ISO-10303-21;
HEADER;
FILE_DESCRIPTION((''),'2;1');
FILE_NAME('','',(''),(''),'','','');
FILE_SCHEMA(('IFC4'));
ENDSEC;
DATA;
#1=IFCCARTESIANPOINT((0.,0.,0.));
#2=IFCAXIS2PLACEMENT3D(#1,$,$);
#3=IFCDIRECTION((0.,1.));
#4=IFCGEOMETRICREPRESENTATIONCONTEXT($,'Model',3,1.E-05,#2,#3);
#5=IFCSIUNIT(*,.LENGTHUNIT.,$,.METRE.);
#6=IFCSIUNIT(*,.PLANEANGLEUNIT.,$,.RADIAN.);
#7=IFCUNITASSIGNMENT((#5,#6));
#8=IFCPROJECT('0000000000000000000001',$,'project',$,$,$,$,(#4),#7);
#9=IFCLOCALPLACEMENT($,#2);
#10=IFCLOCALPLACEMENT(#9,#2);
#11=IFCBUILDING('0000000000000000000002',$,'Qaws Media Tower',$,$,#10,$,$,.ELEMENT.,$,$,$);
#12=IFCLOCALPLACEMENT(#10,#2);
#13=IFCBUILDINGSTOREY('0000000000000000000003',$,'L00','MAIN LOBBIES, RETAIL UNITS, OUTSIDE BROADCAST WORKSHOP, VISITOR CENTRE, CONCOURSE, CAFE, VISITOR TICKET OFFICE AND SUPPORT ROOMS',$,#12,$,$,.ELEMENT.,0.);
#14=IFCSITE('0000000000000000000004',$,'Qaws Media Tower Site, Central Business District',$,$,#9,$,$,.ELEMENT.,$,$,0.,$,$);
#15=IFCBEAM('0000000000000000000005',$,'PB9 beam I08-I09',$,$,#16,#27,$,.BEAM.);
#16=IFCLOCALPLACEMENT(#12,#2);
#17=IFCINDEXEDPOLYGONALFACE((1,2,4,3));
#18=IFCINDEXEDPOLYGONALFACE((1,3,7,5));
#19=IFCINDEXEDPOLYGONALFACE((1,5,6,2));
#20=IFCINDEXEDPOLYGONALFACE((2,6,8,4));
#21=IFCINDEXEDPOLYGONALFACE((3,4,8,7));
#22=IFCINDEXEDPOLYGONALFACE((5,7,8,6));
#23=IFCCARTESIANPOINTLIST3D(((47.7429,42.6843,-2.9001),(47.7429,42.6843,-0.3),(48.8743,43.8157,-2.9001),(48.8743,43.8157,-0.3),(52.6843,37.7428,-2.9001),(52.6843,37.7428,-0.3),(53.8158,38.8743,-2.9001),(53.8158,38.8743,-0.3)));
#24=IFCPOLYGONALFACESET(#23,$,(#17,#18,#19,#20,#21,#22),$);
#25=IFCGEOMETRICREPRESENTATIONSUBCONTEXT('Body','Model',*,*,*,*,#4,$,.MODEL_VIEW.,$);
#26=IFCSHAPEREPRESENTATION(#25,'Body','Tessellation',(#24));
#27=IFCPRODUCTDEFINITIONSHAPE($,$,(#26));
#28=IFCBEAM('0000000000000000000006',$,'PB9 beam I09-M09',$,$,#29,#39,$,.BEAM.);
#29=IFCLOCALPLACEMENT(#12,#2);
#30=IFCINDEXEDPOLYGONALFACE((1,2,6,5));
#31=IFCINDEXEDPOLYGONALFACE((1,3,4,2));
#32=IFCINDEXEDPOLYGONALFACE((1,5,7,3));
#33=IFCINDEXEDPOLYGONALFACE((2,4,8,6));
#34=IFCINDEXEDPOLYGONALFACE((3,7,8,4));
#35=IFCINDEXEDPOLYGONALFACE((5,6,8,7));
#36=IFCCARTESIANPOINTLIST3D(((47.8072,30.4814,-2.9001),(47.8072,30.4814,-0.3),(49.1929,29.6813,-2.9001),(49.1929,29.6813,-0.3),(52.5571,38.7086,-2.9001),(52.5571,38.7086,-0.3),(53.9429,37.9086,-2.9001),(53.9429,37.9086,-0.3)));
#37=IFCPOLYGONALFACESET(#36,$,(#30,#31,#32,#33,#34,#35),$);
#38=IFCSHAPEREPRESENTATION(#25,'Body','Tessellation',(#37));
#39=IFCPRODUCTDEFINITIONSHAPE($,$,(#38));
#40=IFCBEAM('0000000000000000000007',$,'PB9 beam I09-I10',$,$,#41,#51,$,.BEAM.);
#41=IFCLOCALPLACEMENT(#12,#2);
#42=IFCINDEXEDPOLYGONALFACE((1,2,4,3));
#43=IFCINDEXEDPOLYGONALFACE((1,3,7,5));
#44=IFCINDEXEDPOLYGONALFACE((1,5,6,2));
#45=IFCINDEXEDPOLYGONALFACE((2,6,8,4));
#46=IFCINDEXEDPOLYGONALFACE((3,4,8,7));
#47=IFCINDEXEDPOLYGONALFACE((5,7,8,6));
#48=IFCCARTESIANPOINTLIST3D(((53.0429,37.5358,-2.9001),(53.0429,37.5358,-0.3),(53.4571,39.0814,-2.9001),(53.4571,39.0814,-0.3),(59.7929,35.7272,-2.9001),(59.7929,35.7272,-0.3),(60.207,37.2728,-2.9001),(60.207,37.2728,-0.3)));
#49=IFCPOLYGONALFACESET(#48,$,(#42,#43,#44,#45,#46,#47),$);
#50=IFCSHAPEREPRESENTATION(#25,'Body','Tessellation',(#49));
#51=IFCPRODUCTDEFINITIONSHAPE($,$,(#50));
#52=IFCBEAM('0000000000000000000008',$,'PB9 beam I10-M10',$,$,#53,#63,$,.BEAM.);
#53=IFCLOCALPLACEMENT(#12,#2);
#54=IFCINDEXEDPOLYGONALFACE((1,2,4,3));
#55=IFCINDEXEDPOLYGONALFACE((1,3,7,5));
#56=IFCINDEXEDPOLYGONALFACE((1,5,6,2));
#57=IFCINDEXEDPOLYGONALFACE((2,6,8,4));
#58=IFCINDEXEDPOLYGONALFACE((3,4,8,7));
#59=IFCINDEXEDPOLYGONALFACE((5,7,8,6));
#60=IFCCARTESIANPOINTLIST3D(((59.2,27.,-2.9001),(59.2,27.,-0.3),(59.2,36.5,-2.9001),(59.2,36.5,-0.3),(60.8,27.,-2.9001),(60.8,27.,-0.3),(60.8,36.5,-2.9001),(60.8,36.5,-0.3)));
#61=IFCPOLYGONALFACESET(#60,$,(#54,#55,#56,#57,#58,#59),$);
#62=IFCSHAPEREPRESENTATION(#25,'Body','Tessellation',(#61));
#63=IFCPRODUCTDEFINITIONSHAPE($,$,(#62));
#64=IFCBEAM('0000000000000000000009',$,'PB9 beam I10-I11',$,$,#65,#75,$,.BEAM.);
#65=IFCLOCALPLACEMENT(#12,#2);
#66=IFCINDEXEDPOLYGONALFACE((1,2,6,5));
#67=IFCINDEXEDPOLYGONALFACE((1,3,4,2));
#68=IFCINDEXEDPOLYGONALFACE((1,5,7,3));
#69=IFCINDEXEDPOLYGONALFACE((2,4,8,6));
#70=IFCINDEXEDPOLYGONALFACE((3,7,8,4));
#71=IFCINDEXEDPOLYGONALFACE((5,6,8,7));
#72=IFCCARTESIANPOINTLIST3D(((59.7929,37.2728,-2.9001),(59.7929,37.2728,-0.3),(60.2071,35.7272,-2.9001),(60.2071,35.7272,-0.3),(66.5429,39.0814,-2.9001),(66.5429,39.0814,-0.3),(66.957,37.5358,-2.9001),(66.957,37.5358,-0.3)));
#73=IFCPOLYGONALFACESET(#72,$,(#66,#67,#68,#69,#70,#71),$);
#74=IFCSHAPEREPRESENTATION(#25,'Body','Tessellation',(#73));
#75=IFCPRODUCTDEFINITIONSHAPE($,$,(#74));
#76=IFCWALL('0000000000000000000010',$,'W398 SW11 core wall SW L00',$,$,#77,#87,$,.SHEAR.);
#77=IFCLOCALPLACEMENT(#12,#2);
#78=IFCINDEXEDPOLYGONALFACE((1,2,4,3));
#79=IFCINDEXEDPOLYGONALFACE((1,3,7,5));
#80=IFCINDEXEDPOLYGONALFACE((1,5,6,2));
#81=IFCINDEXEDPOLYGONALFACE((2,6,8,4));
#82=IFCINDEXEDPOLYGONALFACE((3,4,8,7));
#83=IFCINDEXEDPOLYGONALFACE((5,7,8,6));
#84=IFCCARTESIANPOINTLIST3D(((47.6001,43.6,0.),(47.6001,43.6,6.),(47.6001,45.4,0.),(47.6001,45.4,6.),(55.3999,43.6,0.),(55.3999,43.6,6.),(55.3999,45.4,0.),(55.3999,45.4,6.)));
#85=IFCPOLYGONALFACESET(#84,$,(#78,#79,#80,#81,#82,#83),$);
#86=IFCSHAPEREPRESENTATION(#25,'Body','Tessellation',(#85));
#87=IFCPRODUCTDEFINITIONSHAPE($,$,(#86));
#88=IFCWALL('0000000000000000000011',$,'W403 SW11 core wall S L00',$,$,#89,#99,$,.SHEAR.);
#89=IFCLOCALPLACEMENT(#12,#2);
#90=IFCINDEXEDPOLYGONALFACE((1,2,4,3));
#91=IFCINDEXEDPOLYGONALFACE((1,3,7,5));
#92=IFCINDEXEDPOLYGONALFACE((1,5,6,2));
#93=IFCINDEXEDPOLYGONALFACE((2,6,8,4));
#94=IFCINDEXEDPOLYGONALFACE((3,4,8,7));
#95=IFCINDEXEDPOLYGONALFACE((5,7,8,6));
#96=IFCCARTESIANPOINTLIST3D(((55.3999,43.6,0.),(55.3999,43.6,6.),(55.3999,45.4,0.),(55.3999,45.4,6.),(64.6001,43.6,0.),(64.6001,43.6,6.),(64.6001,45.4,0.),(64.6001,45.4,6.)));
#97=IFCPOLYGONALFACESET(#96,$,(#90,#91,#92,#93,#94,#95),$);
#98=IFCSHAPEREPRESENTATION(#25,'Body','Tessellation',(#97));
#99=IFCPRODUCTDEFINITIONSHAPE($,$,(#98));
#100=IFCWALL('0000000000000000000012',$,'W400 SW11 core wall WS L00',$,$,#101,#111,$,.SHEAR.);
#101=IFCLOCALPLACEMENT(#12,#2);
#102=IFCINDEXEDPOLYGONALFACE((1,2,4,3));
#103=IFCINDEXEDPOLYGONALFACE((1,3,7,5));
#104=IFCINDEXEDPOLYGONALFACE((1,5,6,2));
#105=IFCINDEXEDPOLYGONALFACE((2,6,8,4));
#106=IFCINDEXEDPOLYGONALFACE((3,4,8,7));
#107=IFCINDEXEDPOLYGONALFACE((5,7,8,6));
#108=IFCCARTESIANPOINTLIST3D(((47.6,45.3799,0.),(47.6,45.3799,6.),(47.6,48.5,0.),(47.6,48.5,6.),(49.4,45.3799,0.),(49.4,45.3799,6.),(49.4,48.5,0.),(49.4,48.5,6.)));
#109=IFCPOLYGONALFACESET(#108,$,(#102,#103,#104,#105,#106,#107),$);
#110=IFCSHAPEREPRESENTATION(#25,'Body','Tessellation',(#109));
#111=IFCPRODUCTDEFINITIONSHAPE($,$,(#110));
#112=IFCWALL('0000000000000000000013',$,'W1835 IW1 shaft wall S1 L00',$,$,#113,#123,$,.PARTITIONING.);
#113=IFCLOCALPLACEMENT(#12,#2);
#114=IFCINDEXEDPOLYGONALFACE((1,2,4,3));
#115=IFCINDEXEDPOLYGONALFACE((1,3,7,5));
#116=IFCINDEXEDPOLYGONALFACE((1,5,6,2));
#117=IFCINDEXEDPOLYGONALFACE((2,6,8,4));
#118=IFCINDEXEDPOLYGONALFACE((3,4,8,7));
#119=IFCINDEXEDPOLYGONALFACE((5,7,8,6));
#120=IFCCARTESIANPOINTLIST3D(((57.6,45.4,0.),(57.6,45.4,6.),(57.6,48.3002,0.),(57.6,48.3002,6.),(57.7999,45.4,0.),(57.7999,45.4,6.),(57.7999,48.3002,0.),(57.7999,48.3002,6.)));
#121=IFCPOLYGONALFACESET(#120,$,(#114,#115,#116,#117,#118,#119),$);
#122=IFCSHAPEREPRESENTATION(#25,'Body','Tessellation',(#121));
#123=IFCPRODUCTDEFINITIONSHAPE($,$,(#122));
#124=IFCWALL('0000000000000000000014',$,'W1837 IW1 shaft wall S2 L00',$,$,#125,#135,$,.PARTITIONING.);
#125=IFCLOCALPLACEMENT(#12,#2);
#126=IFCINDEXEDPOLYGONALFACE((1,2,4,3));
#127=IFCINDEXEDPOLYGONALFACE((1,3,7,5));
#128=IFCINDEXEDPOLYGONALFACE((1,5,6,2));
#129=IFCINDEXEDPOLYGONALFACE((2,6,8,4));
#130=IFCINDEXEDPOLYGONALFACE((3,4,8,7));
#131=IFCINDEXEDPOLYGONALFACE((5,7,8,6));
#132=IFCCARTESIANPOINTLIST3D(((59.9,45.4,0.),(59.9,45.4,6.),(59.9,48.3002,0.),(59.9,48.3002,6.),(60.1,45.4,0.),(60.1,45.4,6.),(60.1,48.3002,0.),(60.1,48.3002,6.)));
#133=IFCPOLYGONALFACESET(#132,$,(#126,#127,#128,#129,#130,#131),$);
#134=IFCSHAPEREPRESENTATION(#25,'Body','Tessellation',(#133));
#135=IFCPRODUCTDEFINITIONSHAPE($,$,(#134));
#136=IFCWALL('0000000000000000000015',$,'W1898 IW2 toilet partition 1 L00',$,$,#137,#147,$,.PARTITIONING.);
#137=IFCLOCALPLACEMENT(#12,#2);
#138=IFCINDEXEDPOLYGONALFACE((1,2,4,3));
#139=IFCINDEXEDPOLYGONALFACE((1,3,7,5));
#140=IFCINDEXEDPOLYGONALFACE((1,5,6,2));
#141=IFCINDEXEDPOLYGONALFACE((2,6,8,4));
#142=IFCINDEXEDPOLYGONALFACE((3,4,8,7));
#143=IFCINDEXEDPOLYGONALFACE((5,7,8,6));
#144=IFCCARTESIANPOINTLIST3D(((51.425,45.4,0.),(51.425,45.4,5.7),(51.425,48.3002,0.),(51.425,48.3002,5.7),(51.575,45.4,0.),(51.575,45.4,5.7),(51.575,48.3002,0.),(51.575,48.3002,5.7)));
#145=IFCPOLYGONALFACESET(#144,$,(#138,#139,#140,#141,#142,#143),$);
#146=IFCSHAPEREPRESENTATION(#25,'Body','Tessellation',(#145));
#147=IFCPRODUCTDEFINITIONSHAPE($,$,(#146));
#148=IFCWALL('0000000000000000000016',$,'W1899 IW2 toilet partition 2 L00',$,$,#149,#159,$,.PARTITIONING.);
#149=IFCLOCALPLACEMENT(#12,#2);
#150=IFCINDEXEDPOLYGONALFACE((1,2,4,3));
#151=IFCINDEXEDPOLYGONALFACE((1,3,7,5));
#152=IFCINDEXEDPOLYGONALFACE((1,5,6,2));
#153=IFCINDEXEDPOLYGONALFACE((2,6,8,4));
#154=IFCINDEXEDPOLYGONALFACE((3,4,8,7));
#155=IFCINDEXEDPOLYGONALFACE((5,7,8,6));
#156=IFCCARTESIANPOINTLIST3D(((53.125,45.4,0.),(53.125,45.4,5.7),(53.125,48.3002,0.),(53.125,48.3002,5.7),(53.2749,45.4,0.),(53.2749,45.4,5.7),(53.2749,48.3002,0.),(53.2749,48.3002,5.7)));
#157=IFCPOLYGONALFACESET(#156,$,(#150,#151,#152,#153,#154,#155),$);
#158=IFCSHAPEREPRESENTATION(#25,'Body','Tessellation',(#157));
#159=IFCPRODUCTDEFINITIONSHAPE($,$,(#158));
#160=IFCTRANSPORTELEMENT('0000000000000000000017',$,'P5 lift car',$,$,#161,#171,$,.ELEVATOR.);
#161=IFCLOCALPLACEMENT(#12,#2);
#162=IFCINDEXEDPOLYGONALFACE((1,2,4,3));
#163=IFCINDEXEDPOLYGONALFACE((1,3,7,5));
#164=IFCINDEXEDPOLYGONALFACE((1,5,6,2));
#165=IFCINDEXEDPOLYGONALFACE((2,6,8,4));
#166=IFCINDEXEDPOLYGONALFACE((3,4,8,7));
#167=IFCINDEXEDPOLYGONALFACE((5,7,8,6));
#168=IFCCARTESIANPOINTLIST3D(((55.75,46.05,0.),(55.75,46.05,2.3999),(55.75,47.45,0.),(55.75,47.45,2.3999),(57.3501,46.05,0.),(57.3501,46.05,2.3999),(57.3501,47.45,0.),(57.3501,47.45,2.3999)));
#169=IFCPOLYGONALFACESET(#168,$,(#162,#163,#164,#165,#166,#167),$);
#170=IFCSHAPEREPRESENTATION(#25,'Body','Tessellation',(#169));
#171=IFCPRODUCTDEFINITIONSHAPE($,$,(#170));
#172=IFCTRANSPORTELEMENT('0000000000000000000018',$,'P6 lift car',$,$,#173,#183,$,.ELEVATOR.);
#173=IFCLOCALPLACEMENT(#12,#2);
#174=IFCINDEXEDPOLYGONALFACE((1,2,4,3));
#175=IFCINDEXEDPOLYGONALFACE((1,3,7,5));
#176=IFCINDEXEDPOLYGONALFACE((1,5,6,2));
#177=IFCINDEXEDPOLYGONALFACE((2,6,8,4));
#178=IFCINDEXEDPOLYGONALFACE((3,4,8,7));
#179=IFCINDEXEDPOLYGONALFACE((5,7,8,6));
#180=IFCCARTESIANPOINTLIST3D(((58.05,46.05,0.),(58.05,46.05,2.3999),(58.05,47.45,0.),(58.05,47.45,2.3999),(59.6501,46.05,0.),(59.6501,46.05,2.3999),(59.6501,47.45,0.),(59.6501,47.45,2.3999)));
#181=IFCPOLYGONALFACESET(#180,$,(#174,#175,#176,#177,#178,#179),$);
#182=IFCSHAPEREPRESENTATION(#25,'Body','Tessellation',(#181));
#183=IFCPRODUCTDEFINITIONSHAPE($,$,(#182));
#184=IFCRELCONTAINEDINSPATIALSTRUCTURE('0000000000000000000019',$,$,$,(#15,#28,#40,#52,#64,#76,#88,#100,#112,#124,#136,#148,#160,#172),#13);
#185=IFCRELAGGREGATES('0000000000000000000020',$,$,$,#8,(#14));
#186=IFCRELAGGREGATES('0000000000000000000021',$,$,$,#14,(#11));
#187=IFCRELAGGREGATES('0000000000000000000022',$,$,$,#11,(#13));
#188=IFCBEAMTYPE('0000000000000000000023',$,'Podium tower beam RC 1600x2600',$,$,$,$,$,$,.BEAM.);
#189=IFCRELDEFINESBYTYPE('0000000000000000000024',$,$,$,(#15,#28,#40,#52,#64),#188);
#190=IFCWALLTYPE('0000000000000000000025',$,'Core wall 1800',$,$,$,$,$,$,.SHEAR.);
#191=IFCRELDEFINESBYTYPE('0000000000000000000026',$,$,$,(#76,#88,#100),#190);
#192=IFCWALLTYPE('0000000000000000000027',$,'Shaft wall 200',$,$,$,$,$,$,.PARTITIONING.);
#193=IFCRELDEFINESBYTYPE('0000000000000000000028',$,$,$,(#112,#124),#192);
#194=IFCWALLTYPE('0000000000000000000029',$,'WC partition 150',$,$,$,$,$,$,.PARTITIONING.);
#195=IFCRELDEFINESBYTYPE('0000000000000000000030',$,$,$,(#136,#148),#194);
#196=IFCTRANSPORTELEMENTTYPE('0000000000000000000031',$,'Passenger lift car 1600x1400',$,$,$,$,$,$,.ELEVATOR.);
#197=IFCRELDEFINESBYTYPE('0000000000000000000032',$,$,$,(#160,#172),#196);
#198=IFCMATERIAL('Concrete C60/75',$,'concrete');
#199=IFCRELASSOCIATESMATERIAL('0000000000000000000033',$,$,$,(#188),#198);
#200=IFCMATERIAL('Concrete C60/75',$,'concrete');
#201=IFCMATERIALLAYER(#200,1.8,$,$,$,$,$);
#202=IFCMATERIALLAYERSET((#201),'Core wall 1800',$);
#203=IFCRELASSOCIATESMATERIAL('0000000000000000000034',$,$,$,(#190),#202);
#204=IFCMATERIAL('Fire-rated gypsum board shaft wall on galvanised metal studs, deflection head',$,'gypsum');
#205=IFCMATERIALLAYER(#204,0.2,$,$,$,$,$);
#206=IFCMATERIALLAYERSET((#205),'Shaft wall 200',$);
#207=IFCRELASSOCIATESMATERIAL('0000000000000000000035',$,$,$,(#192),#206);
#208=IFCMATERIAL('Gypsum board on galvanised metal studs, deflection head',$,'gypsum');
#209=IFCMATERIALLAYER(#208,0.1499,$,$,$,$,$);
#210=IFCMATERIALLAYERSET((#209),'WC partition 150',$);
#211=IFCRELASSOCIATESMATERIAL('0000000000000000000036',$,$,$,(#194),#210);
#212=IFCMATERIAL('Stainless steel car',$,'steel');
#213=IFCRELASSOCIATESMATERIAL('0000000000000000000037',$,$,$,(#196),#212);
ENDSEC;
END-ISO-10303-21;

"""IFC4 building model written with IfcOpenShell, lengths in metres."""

from ifc_helpers import new_model, si_unit, direction, frame, frame_2d, origin, origin_2d, place, context, subcontext, project, spatial, rectangle, extrude, material, layer, layer_set, material_profile, profile_set, type_object, element, save


model = new_model("IFC4")

# Units and contexts
model_context = context("Model", 3, precision=1e-05, world=origin(), true_north=direction((0.0, 1.0)))
body_context = subcontext(model_context, "Body", "Model", "MODEL_VIEW")
ifc_project = project(units=[si_unit("LENGTHUNIT", "METRE"), si_unit("PLANEANGLEUNIT", "RADIAN")], contexts=[model_context])

# Site, building, storey
site_placement = place(None, origin())
site = spatial("IfcSite", under=ifc_project, at=site_placement, Name="Qaws Media Tower Site, Central Business District", CompositionType="ELEMENT", RefElevation=0.0)
building_placement = place(site_placement, origin())
building = spatial("IfcBuilding", under=site, at=building_placement, Name="Qaws Media Tower", CompositionType="ELEMENT")
storey_placement = place(building_placement, origin())
storey = spatial("IfcBuildingStorey", under=building, at=storey_placement, Name="L00", Description="MAIN LOBBIES, RETAIL UNITS, OUTSIDE BROADCAST WORKSHOP, VISITOR CENTRE, CONCOURSE, CAFE, VISITOR TICKET OFFICE AND SUPPORT ROOMS", CompositionType="ELEMENT", Elevation=0.0)

# Beams
ifc_material_1 = material(Name="Concrete C60/75", Category="concrete")
ifc_material_profile_1 = material_profile(ifc_material_1, rectangle(XDim=1.6001, YDim=2.6001, at=origin_2d()), Name="RC 1600x2600")
ifc_profile_set_1 = profile_set([ifc_material_profile_1], Name="Concrete C60/75")
beam_type_1 = type_object("IfcBeamType", Name="Podium tower beam RC 1600x2600", PredefinedType="BEAM", material=ifc_profile_set_1)
beam_1_placement = place(storey_placement, frame((48.3086, 43.25, -1.6001), z_axis=(0.707107, -0.707107, 0.0), x_axis=(0.707107, 0.707107, 0.0)))
element("IfcBeam", 1, at=beam_1_placement, inside=storey, type_object=beam_type_1, Name="PB9 beam I08-I09", PredefinedType="BEAM", context=body_context, shape_type="SweptSolid", body=[
    extrude(rectangle(XDim=1.6001, YDim=2.6001, at=origin_2d()), origin(), (0.0, 0.0, 1.0), 6.9883),
])
beam_2_placement = place(storey_placement, frame((53.25, 38.3086, -1.6001), z_axis=(-0.499998, -0.866027, 0.0), x_axis=(0.866027, -0.499998, 0.0)))
element("IfcBeam", 2, at=beam_2_placement, inside=storey, type_object=beam_type_1, Name="PB9 beam I09-M09", PredefinedType="BEAM", context=body_context, shape_type="SweptSolid", body=[
    extrude(rectangle(XDim=1.6001, YDim=2.6001, at=origin_2d()), origin(), (0.0, 0.0, 1.0), 9.5),
])
beam_3_placement = place(storey_placement, frame((53.25, 38.3086, -1.6001), z_axis=(0.965928, -0.258811, 0.0), x_axis=(0.258811, 0.965928, 0.0)))
element("IfcBeam", 3, at=beam_3_placement, inside=storey, type_object=beam_type_1, Name="PB9 beam I09-I10", PredefinedType="BEAM", context=body_context, shape_type="SweptSolid", body=[
    extrude(rectangle(XDim=1.6001, YDim=2.6001, at=origin_2d()), origin(), (0.0, 0.0, 1.0), 6.988),
])
beam_4_placement = place(storey_placement, frame((60.0, 36.5, -1.6001), z_axis=(0.0, -1.0, 0.0), x_axis=(1.0, 0.0, 0.0)))
element("IfcBeam", 4, at=beam_4_placement, inside=storey, type_object=beam_type_1, Name="PB9 beam I10-M10", PredefinedType="BEAM", context=body_context, shape_type="SweptSolid", body=[
    extrude(rectangle(XDim=1.6001, YDim=2.6001, at=origin_2d()), origin(), (0.0, 0.0, 1.0), 9.5),
])
beam_5_placement = place(storey_placement, frame((60.0, 36.5, -1.6001), z_axis=(0.965928, 0.258811, 0.0), x_axis=(-0.258811, 0.965928, 0.0)))
element("IfcBeam", 5, at=beam_5_placement, inside=storey, type_object=beam_type_1, Name="PB9 beam I10-I11", PredefinedType="BEAM", context=body_context, shape_type="SweptSolid", body=[
    extrude(rectangle(XDim=1.6001, YDim=2.6001, at=origin_2d()), origin(), (0.0, 0.0, 1.0), 6.988),
])

# Walls
ifc_material_2 = material(Name="Concrete C60/75", Category="concrete")
ifc_layer_1 = layer(ifc_material_2, 1.8)
ifc_layer_set_1 = layer_set([ifc_layer_1], Name="Core wall 1800")
wall_type_1 = type_object("IfcWallType", Name="Core wall 1800", PredefinedType="SHEAR", material=ifc_layer_set_1)
wall_1_placement = place(storey_placement, frame((47.6001, 44.5, 0.0), z_axis=(0.0, 0.0, 1.0), x_axis=(1.0, 0.0, 0.0)))
element("IfcWall", 6, at=wall_1_placement, inside=storey, type_object=wall_type_1, Name="W398 SW11 core wall SW L00", PredefinedType="SHEAR", context=body_context, shape_type="SweptSolid", body=[
    extrude(rectangle(XDim=7.7998, YDim=1.8, at=frame_2d((3.8999, 0.0))), origin(), (0.0, 0.0, 1.0), 6.0),
])
wall_2_placement = place(storey_placement, frame((55.3999, 44.5, 0.0), z_axis=(0.0, 0.0, 1.0), x_axis=(1.0, 0.0, 0.0)))
element("IfcWall", 7, at=wall_2_placement, inside=storey, type_object=wall_type_1, Name="W403 SW11 core wall S L00", PredefinedType="SHEAR", context=body_context, shape_type="SweptSolid", body=[
    extrude(rectangle(XDim=9.2002, YDim=1.8, at=frame_2d((4.6001, 0.0))), origin(), (0.0, 0.0, 1.0), 6.0),
])
wall_3_placement = place(storey_placement, frame((48.5, 45.3799, 0.0), z_axis=(0.0, 0.0, 1.0), x_axis=(0.0, 1.0, 0.0)))
element("IfcWall", 8, at=wall_3_placement, inside=storey, type_object=wall_type_1, Name="W400 SW11 core wall WS L00", PredefinedType="SHEAR", context=body_context, shape_type="SweptSolid", body=[
    extrude(rectangle(XDim=3.1201, YDim=1.8, at=frame_2d((1.5601, 0.0))), origin(), (0.0, 0.0, 1.0), 6.0),
])
ifc_material_3 = material(Name="Fire-rated gypsum board shaft wall on galvanised metal studs, deflection head", Category="gypsum")
ifc_layer_2 = layer(ifc_material_3, 0.2)
ifc_layer_set_2 = layer_set([ifc_layer_2], Name="Shaft wall 200")
wall_type_2 = type_object("IfcWallType", Name="Shaft wall 200", PredefinedType="PARTITIONING", material=ifc_layer_set_2)
for number, where, z_axis, x_axis, name in (
    (9, (57.7, 45.3999, 0.0), (0.0, 0.0, 1.0), (0.0, 1.0, 0.0), "W1835 IW1 shaft wall S1 L00"),
    (10, (60.0, 45.3999, 0.0), (0.0, 0.0, 1.0), (0.0, 1.0, 0.0), "W1837 IW1 shaft wall S2 L00"),
):
    element("IfcWall", number, at=place(storey_placement, frame(where, z_axis=z_axis, x_axis=x_axis)), inside=storey, type_object=wall_type_2, Name=name, PredefinedType="PARTITIONING", context=body_context, shape_type="SweptSolid", body=[
        extrude(rectangle(XDim=2.9001, YDim=0.2, at=frame_2d((1.4502, 0.0))), origin(), (0.0, 0.0, 1.0), 6.0),
    ])
ifc_material_4 = material(Name="Gypsum board on galvanised metal studs, deflection head", Category="gypsum")
ifc_layer_3 = layer(ifc_material_4, 0.1499)
ifc_layer_set_3 = layer_set([ifc_layer_3], Name="WC partition 150")
wall_type_3 = type_object("IfcWallType", Name="WC partition 150", PredefinedType="PARTITIONING", material=ifc_layer_set_3)
for number, where, z_axis, x_axis, name in (
    (11, (51.5, 45.3999, 0.0), (0.0, 0.0, 1.0), (0.0, 1.0, 0.0), "W1898 IW2 toilet partition 1 L00"),
    (12, (53.2, 45.3999, 0.0), (0.0, 0.0, 1.0), (0.0, 1.0, 0.0), "W1899 IW2 toilet partition 2 L00"),
):
    element("IfcWall", number, at=place(storey_placement, frame(where, z_axis=z_axis, x_axis=x_axis)), inside=storey, type_object=wall_type_3, Name=name, PredefinedType="PARTITIONING", context=body_context, shape_type="SweptSolid", body=[
        extrude(rectangle(XDim=2.9001, YDim=0.1499, at=frame_2d((1.4502, 0.0))), origin(), (0.0, 0.0, 1.0), 5.7),
    ])

# Transport elements
ifc_material_5 = material(Name="Stainless steel car", Category="steel")
transport_element_type = type_object("IfcTransportElementType", Name="Passenger lift car 1600x1400", PredefinedType="ELEVATOR", material=ifc_material_5)
for number, where, z_axis, x_axis, name in (
    (13, (56.55, 46.75, 0.0), (0.0, 0.0, 1.0), (1.0, 0.0, 0.0), "P5 lift car"),
    (14, (58.8501, 46.75, 0.0), (0.0, 0.0, 1.0), (1.0, 0.0, 0.0), "P6 lift car"),
):
    element("IfcTransportElement", number, at=place(storey_placement, frame(where, z_axis=z_axis, x_axis=x_axis)), inside=storey, type_object=transport_element_type, Name=name, PredefinedType="ELEVATOR", context=body_context, shape_type="SweptSolid", body=[
        extrude(rectangle(XDim=1.6001, YDim=1.3999, at=origin_2d()), origin(), (0.0, 0.0, 1.0), 2.3999),
    ])

save(model, "model.ifc")
